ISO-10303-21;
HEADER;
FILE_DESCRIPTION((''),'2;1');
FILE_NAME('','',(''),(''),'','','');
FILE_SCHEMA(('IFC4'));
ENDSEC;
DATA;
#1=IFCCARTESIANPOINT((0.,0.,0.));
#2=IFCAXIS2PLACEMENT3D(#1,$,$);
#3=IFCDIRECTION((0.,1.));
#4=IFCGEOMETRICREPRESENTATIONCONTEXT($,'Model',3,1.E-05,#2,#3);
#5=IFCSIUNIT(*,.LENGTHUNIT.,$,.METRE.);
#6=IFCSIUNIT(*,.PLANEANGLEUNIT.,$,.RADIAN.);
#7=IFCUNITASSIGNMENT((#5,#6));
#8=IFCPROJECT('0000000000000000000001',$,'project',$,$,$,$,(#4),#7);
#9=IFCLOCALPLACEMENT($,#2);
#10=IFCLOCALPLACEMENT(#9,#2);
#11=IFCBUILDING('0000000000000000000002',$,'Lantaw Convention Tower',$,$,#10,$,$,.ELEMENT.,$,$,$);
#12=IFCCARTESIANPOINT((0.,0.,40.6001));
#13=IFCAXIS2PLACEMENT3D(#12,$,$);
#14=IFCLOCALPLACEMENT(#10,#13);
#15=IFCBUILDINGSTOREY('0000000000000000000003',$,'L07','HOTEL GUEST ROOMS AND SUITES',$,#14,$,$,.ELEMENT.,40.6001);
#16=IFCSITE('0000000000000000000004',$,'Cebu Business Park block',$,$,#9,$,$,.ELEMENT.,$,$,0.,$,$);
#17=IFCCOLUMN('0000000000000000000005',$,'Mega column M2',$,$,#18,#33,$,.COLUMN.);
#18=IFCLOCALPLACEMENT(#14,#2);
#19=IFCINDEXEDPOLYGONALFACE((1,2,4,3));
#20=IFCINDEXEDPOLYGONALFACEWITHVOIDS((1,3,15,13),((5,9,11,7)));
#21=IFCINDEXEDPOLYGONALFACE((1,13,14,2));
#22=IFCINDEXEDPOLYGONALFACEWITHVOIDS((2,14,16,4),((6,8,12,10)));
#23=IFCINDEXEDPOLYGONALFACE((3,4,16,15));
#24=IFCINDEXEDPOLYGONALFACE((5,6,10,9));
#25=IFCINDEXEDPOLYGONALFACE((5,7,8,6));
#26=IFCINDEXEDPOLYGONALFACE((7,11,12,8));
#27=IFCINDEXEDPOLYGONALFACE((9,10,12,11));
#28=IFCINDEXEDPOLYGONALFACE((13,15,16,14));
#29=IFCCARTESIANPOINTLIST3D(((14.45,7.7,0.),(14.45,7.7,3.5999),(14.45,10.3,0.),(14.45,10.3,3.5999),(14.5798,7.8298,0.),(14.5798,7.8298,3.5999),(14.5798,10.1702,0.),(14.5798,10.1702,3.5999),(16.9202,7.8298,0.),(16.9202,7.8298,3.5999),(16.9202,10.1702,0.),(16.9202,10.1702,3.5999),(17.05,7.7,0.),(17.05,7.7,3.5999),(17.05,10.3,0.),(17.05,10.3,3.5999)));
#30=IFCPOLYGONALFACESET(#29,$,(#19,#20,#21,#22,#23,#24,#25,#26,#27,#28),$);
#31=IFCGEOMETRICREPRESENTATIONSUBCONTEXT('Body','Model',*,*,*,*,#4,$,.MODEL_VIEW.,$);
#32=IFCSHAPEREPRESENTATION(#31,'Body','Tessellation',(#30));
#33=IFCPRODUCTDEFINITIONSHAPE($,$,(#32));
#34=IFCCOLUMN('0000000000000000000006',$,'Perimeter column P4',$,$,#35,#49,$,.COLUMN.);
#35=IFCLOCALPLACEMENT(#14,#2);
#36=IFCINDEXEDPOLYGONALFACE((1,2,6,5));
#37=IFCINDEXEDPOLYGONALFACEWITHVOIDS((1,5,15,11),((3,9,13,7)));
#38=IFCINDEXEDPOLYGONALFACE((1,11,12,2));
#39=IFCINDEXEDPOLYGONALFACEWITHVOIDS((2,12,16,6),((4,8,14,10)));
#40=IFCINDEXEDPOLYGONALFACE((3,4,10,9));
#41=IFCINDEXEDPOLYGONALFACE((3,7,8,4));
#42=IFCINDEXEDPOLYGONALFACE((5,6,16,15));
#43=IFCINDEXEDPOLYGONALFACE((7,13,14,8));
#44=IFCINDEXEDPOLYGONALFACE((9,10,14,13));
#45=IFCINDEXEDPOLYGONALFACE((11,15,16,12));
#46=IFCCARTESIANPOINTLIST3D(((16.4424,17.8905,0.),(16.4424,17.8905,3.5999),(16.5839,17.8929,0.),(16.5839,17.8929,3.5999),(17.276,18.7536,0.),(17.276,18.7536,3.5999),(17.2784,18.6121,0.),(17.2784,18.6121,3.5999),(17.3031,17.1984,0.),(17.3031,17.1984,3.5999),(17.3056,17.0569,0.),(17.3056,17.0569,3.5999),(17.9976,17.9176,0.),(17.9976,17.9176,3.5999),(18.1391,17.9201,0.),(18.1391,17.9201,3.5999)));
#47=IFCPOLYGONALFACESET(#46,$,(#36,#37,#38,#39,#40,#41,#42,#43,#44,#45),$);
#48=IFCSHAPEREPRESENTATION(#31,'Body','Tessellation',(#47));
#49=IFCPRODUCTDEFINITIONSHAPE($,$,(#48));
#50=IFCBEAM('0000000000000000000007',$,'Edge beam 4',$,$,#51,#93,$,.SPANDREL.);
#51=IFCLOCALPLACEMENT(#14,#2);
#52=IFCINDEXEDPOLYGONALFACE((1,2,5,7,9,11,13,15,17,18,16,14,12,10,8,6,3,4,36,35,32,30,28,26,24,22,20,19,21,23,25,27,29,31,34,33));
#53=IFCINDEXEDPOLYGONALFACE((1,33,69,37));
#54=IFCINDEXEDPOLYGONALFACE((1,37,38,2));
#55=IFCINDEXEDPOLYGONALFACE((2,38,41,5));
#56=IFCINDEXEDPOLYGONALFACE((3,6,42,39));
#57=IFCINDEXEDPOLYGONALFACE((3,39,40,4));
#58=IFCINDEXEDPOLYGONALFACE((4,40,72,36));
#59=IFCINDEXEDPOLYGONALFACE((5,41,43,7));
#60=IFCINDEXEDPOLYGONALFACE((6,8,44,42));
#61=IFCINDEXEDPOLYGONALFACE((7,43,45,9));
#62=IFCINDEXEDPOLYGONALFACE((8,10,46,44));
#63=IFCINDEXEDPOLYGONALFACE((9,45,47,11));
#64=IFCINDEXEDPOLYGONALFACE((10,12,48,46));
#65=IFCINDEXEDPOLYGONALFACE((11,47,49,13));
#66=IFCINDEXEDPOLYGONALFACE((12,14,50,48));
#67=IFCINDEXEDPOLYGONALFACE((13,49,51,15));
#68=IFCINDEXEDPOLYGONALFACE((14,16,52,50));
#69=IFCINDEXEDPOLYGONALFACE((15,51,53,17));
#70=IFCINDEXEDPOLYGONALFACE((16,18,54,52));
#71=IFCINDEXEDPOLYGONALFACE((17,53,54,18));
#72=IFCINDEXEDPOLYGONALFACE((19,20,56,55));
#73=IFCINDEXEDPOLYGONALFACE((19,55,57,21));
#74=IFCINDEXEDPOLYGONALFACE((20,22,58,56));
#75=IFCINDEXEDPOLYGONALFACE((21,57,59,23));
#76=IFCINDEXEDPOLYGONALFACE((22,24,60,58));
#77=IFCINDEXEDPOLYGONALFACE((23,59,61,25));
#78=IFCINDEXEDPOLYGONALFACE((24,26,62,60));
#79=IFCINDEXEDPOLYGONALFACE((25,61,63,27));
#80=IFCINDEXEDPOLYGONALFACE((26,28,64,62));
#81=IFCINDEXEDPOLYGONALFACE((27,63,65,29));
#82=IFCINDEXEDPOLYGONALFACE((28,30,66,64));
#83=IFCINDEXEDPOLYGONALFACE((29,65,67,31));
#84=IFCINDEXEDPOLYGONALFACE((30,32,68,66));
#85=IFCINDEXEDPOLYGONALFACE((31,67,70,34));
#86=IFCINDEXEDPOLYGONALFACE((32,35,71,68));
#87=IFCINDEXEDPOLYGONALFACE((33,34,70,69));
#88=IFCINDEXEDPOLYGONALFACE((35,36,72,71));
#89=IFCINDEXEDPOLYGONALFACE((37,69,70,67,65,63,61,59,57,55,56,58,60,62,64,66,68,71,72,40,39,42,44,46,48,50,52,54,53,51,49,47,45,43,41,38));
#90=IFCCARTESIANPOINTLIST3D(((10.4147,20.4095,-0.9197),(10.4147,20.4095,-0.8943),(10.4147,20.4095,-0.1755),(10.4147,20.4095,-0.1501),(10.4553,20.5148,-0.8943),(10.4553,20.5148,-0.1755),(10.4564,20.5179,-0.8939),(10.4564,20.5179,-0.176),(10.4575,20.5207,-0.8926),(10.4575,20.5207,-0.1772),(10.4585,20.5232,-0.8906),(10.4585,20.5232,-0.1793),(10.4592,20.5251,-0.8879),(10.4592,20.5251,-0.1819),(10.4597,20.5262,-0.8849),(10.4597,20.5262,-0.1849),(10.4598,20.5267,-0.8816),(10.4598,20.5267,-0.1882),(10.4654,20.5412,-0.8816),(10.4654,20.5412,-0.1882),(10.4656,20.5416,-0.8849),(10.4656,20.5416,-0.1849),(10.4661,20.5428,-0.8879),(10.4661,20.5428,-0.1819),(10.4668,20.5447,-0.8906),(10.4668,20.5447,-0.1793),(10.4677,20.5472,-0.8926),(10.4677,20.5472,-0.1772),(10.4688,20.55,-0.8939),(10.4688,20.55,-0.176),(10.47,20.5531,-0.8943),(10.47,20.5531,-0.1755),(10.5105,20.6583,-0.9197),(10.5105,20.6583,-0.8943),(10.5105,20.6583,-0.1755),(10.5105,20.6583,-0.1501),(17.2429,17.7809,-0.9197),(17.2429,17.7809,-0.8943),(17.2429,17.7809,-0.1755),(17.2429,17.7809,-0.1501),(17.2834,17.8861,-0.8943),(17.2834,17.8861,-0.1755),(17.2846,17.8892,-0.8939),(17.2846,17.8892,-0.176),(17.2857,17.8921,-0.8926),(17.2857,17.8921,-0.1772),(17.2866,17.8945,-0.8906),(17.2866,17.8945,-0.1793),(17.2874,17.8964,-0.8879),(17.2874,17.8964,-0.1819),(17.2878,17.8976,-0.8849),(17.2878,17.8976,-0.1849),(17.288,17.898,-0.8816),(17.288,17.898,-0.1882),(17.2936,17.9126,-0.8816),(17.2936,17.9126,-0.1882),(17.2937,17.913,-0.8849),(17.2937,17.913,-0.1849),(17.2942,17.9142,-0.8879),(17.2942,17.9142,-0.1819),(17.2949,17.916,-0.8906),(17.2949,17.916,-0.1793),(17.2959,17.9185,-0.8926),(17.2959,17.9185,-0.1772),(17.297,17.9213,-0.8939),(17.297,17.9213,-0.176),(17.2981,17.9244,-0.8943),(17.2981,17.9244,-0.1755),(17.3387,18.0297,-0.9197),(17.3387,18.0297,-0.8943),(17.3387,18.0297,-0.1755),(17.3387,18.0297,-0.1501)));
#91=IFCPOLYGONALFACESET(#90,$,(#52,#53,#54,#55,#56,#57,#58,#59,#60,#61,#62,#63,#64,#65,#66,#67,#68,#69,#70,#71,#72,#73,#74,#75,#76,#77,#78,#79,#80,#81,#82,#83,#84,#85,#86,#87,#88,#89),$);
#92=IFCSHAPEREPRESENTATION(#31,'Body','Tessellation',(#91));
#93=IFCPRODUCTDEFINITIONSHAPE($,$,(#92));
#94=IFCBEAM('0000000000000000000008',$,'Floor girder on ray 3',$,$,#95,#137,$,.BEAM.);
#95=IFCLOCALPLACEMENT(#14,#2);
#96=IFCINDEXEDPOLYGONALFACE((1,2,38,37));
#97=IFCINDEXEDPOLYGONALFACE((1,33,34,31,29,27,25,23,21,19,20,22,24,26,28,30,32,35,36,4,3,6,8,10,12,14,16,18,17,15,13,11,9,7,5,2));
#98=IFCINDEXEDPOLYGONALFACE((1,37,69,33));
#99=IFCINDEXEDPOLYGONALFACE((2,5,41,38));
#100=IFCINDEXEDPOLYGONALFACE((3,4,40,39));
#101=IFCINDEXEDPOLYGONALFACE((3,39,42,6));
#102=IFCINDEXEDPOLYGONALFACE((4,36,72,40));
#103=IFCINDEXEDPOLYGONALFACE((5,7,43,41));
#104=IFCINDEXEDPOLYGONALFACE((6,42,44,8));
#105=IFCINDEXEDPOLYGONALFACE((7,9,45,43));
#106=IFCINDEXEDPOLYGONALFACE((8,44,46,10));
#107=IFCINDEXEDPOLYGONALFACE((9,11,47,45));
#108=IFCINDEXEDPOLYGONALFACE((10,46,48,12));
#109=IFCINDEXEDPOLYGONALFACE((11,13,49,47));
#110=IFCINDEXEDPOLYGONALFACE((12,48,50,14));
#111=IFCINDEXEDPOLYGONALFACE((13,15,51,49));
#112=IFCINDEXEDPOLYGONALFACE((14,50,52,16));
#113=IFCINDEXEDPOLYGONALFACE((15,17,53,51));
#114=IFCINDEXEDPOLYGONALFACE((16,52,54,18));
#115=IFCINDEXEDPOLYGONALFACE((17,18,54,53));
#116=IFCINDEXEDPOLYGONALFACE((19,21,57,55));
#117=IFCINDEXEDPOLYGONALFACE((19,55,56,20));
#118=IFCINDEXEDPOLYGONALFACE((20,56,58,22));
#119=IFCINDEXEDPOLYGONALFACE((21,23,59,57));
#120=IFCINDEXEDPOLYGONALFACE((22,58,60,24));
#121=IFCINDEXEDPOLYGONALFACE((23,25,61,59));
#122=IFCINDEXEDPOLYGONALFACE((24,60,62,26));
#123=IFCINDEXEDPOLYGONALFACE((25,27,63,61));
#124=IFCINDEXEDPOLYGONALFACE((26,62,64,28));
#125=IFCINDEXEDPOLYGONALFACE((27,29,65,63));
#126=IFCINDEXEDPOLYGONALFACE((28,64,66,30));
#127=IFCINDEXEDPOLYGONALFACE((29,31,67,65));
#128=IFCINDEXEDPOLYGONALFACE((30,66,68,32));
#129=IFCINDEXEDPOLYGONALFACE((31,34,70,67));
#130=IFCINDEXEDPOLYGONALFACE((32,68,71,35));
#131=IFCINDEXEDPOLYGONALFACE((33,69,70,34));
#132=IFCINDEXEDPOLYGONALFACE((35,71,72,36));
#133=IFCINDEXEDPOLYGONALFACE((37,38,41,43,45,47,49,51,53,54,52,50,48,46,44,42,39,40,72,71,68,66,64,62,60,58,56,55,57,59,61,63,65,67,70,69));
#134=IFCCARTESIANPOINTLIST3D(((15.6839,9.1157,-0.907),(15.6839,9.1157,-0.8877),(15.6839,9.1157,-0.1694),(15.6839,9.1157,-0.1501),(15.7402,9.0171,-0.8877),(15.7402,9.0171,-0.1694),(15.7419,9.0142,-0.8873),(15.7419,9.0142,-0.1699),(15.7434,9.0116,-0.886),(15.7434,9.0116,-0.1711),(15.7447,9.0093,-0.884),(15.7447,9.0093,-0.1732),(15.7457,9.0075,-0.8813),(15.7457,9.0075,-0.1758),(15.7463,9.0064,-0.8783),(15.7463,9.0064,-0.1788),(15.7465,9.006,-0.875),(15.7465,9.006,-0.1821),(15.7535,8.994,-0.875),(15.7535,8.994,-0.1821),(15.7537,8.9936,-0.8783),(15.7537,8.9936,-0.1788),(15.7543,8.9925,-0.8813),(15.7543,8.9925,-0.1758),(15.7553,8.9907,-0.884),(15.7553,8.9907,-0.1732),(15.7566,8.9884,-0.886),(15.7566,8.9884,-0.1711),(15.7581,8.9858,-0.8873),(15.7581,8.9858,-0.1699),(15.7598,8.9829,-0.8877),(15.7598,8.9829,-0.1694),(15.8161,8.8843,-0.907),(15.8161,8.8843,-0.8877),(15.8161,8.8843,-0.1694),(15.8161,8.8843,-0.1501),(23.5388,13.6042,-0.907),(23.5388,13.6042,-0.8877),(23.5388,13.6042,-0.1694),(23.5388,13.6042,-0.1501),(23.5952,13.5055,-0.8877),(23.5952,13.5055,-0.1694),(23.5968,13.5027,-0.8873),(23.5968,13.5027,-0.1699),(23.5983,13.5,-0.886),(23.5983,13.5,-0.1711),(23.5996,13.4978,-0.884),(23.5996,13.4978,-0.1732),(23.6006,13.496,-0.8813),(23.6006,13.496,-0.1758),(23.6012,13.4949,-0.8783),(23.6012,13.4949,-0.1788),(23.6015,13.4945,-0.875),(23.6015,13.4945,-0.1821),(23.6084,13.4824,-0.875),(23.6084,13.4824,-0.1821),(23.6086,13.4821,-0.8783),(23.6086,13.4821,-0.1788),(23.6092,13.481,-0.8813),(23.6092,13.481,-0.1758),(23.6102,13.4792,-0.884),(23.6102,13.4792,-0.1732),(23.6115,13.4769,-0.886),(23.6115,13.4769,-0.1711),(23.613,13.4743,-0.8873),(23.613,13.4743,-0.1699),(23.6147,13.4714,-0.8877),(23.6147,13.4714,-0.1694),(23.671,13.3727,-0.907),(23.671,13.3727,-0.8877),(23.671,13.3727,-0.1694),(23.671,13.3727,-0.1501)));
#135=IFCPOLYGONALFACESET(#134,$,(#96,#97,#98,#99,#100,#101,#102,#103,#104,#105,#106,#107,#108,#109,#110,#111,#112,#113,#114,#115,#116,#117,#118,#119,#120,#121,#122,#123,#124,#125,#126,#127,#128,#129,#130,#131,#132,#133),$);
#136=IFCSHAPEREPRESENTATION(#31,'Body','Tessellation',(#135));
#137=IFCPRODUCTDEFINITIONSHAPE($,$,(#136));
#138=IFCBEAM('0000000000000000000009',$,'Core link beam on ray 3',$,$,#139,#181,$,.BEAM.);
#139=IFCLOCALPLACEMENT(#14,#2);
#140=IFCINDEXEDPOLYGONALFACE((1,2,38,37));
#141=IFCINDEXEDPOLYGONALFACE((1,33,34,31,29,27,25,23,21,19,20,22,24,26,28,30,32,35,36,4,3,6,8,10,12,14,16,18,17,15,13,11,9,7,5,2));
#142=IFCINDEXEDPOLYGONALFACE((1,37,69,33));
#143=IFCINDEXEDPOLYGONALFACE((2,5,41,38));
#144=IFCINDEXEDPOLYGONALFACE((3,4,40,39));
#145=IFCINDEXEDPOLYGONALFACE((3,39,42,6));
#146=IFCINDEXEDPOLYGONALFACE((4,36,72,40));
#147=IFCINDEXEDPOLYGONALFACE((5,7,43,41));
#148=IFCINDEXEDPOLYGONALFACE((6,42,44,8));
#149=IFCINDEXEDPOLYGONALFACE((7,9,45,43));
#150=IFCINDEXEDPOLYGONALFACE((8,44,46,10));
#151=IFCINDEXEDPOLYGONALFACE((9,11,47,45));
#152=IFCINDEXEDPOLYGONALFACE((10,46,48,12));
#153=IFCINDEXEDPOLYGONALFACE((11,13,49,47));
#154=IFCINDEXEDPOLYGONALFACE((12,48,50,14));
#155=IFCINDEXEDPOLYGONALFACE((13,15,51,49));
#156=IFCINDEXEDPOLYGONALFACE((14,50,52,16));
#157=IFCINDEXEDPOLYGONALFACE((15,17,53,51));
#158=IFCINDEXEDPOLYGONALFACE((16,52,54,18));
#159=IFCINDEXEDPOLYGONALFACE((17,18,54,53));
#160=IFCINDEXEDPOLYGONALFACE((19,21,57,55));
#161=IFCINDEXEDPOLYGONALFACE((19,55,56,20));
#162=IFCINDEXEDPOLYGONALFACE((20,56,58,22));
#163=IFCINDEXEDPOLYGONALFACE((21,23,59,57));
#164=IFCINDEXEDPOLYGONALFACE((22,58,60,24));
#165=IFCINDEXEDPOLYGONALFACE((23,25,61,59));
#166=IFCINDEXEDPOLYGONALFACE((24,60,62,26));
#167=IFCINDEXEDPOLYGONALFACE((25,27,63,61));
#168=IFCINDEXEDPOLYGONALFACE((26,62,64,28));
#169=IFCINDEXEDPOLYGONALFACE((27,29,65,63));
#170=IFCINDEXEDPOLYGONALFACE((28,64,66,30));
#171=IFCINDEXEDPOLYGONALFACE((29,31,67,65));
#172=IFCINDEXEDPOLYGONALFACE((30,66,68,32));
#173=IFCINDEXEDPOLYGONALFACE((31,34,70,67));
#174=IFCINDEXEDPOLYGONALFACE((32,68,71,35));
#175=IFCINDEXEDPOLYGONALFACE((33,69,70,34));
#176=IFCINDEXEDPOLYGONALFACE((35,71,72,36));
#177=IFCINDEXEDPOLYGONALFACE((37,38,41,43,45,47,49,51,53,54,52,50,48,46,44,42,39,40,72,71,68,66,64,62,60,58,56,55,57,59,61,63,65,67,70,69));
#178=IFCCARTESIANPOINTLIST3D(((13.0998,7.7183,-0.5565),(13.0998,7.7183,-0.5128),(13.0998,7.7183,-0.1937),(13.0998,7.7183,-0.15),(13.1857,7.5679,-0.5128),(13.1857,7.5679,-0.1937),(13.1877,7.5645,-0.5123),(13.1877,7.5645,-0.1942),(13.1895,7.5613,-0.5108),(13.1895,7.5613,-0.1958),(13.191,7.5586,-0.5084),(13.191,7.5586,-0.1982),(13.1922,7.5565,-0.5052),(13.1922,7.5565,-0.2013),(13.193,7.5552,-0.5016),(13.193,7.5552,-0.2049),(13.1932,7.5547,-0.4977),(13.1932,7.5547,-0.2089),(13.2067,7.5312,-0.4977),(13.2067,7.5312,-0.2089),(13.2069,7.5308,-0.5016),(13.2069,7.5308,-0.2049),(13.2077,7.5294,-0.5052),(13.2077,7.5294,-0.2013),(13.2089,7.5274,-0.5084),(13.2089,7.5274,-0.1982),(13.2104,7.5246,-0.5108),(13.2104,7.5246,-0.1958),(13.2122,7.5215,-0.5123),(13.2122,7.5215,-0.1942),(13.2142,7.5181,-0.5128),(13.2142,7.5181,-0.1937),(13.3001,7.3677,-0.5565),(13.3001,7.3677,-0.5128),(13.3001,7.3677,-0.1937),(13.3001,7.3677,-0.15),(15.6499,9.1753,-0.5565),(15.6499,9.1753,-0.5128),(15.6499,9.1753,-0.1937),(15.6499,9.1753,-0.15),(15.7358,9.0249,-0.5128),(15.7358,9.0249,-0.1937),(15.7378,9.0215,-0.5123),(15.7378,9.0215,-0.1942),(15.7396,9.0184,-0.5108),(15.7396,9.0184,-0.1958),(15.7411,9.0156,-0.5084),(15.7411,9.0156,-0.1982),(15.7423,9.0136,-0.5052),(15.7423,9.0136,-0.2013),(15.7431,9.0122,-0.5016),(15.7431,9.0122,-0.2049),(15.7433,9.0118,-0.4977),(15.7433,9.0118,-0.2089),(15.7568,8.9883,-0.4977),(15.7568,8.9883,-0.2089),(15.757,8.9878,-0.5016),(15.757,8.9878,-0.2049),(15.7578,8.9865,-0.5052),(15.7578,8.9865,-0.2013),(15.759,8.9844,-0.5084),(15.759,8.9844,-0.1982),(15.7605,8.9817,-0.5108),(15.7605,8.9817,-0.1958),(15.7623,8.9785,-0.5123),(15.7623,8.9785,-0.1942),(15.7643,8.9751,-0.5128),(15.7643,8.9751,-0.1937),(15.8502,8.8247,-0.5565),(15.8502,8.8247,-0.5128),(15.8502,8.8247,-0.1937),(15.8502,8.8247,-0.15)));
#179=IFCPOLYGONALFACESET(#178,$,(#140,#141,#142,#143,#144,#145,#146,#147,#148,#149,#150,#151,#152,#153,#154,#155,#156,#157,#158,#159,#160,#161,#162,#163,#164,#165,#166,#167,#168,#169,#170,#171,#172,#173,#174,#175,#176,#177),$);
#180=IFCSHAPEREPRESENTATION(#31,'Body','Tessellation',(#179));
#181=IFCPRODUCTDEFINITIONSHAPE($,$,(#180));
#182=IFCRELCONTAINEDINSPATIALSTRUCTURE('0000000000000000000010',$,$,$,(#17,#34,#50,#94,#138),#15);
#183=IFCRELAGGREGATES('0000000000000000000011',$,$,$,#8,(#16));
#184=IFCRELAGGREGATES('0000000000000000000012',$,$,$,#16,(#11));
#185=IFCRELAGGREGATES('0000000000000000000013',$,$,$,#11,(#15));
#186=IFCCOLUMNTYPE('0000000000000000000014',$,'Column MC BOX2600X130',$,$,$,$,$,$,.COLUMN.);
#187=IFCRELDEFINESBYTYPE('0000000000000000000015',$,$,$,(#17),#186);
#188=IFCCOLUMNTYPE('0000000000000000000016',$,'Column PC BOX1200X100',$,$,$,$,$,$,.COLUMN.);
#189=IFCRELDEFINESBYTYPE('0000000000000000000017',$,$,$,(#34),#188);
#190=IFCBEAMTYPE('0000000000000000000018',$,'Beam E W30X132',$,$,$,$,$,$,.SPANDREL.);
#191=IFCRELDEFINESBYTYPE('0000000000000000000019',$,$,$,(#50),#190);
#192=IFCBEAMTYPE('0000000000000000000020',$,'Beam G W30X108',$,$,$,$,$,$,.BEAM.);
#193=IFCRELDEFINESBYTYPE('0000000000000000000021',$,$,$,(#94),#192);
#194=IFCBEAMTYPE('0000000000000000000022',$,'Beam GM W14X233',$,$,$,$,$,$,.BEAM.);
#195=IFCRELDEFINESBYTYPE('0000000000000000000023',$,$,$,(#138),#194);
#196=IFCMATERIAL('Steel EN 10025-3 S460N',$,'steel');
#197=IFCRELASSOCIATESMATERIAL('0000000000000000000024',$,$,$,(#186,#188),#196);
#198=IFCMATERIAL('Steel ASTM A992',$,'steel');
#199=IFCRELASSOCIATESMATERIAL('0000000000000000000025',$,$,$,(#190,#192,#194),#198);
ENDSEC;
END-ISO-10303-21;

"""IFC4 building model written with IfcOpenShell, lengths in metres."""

from ifc_helpers import new_model, si_unit, direction, frame, origin, origin_2d, place, context, subcontext, project, spatial, rectangle, hollow_rectangle, i_section, extrude, material, material_profile, profile_set, type_object, element, save


model = new_model("IFC4")

# Units and contexts
model_context = context("Model", 3, precision=1e-05, world=origin(), true_north=direction((0.0, 1.0)))
body_context = subcontext(model_context, "Body", "Model", "MODEL_VIEW")
ifc_project = project(units=[si_unit("LENGTHUNIT", "METRE"), si_unit("PLANEANGLEUNIT", "RADIAN")], contexts=[model_context])

# Site, building, storey
site_placement = place(None, origin())
site = spatial("IfcSite", under=ifc_project, at=site_placement, Name="Cebu Business Park block", CompositionType="ELEMENT", RefElevation=0.0)
building_placement = place(site_placement, origin())
building = spatial("IfcBuilding", under=site, at=building_placement, Name="Lantaw Convention Tower", CompositionType="ELEMENT")
storey_placement = place(building_placement, frame((0.0, 0.0, 40.6001)))
storey = spatial("IfcBuildingStorey", under=building, at=storey_placement, Name="L07", Description="HOTEL GUEST ROOMS AND SUITES", CompositionType="ELEMENT", Elevation=40.6001)

# Columns
ifc_material_1 = material(Name="Steel EN 10025-3 S460N", Category="steel")
ifc_material_profile_1 = material_profile(ifc_material_1, hollow_rectangle(XDim=2.6001, YDim=2.6001, WallThickness=0.1299, at=origin_2d()), Name="BOX2600X130")
ifc_material_2 = material(Name="Concrete C60/75", Category="concrete")
ifc_material_profile_2 = material_profile(ifc_material_2, rectangle(XDim=2.3401, YDim=2.3401, at=origin_2d()), Name="Concrete fill of BOX2600X130")
ifc_profile_set_1 = profile_set([ifc_material_profile_1, ifc_material_profile_2], Name="Steel EN 10025-3 S460N")
column_type_1 = type_object("IfcColumnType", Name="Column MC BOX2600X130", PredefinedType="COLUMN", material=ifc_profile_set_1)
column_1_placement = place(storey_placement, frame((15.75, 9.0, 0.0), z_axis=(0.0, 0.0, 1.0), x_axis=(1.0, 0.0, 0.0)))
element("IfcColumn", 1, at=column_1_placement, inside=storey, type_object=column_type_1, Name="Mega column M2", PredefinedType="COLUMN", context=body_context, shape_type="SweptSolid", body=[
    extrude(hollow_rectangle(XDim=2.6001, YDim=2.6001, WallThickness=0.1299, at=origin_2d()), origin(), (0.0, 0.0, 1.0), 3.5999),
])
ifc_material_profile_3 = material_profile(ifc_material_1, hollow_rectangle(XDim=1.2, YDim=1.2, WallThickness=0.1001, at=origin_2d()), Name="BOX1200X100")
ifc_material_profile_4 = material_profile(ifc_material_2, rectangle(XDim=1.0, YDim=1.0, at=origin_2d()), Name="Concrete fill of BOX1200X100")
ifc_profile_set_2 = profile_set([ifc_material_profile_3, ifc_material_profile_4], Name="Steel EN 10025-3 S460N")
column_type_2 = type_object("IfcColumnType", Name="Column PC BOX1200X100", PredefinedType="COLUMN", material=ifc_profile_set_2)
column_2_placement = place(storey_placement, frame((17.2908, 17.9053, 0.0), z_axis=(0.0, 0.0, 1.0), x_axis=(0.694658, 0.71934, 0.0)))
element("IfcColumn", 2, at=column_2_placement, inside=storey, type_object=column_type_2, Name="Perimeter column P4", PredefinedType="COLUMN", context=body_context, shape_type="SweptSolid", body=[
    extrude(hollow_rectangle(XDim=1.2, YDim=1.2, WallThickness=0.1001, at=origin_2d()), origin(), (0.0, 0.0, 1.0), 3.5999),
])

# Beams
ifc_material_3 = material(Name="Steel ASTM A992", Category="steel")
ifc_material_profile_5 = material_profile(ifc_material_3, i_section(OverallWidth=0.2666, OverallDepth=0.7695, WebThickness=0.0156, FlangeThickness=0.0254, FilletRadius=0.0127, at=origin_2d()), Name="W30X132")
ifc_profile_set_3 = profile_set([ifc_material_profile_5], Name="Steel ASTM A992")
beam_type_1 = type_object("IfcBeamType", Name="Beam E W30X132", PredefinedType="SPANDREL", material=ifc_profile_set_3)
beam_1_placement = place(storey_placement, frame((17.2908, 17.9053, -0.5349), z_axis=(-0.933233, 0.359272, 0.0), x_axis=(-0.359272, -0.933233, 0.0)))
element("IfcBeam", 3, at=beam_1_placement, inside=storey, type_object=beam_type_1, Name="Edge beam 4", PredefinedType="SPANDREL", context=body_context, shape_type="SweptSolid", body=[
    extrude(i_section(OverallWidth=0.2666, OverallDepth=0.7695, WebThickness=0.0156, FlangeThickness=0.0254, FilletRadius=0.0127, at=origin_2d()), origin(), (0.0, 0.0, 1.0), 7.3167),
])
ifc_material_profile_6 = material_profile(ifc_material_3, i_section(OverallWidth=0.2666, OverallDepth=0.7568, WebThickness=0.0139, FlangeThickness=0.0193, FilletRadius=0.0127, at=origin_2d()), Name="W30X108")
ifc_profile_set_4 = profile_set([ifc_material_profile_6], Name="Steel ASTM A992")
beam_type_2 = type_object("IfcBeamType", Name="Beam G W30X108", PredefinedType="BEAM", material=ifc_profile_set_4)
beam_2_placement = place(storey_placement, frame((15.75, 9.0, -0.5286), z_axis=(0.868245, 0.496136, 0.0), x_axis=(-0.496136, 0.868245, 0.0)))
element("IfcBeam", 4, at=beam_2_placement, inside=storey, type_object=beam_type_2, Name="Floor girder on ray 3", PredefinedType="BEAM", context=body_context, shape_type="SweptSolid", body=[
    extrude(i_section(OverallWidth=0.2666, OverallDepth=0.7568, WebThickness=0.0139, FlangeThickness=0.0193, FilletRadius=0.0127, at=origin_2d()), origin(), (0.0, 0.0, 1.0), 9.0469),
])
ifc_material_profile_7 = material_profile(ifc_material_3, i_section(OverallWidth=0.4038, OverallDepth=0.4065, WebThickness=0.0271, FlangeThickness=0.0437, FilletRadius=0.0151, at=origin_2d()), Name="W14X233")
ifc_profile_set_5 = profile_set([ifc_material_profile_7], Name="Steel ASTM A992")
beam_type_3 = type_object("IfcBeamType", Name="Beam GM W14X233", PredefinedType="BEAM", material=ifc_profile_set_5)
beam_3_placement = place(storey_placement, frame((13.2, 7.543, -0.3533), z_axis=(0.868264, 0.496103, 0.0), x_axis=(-0.496103, 0.868264, 0.0)))
element("IfcBeam", 5, at=beam_3_placement, inside=storey, type_object=beam_type_3, Name="Core link beam on ray 3", PredefinedType="BEAM", context=body_context, shape_type="SweptSolid", body=[
    extrude(i_section(OverallWidth=0.4038, OverallDepth=0.4065, WebThickness=0.0271, FlangeThickness=0.0437, FilletRadius=0.0151, at=origin_2d()), origin(), (0.0, 0.0, 1.0), 2.937),
])

save(model, "model.ifc")
